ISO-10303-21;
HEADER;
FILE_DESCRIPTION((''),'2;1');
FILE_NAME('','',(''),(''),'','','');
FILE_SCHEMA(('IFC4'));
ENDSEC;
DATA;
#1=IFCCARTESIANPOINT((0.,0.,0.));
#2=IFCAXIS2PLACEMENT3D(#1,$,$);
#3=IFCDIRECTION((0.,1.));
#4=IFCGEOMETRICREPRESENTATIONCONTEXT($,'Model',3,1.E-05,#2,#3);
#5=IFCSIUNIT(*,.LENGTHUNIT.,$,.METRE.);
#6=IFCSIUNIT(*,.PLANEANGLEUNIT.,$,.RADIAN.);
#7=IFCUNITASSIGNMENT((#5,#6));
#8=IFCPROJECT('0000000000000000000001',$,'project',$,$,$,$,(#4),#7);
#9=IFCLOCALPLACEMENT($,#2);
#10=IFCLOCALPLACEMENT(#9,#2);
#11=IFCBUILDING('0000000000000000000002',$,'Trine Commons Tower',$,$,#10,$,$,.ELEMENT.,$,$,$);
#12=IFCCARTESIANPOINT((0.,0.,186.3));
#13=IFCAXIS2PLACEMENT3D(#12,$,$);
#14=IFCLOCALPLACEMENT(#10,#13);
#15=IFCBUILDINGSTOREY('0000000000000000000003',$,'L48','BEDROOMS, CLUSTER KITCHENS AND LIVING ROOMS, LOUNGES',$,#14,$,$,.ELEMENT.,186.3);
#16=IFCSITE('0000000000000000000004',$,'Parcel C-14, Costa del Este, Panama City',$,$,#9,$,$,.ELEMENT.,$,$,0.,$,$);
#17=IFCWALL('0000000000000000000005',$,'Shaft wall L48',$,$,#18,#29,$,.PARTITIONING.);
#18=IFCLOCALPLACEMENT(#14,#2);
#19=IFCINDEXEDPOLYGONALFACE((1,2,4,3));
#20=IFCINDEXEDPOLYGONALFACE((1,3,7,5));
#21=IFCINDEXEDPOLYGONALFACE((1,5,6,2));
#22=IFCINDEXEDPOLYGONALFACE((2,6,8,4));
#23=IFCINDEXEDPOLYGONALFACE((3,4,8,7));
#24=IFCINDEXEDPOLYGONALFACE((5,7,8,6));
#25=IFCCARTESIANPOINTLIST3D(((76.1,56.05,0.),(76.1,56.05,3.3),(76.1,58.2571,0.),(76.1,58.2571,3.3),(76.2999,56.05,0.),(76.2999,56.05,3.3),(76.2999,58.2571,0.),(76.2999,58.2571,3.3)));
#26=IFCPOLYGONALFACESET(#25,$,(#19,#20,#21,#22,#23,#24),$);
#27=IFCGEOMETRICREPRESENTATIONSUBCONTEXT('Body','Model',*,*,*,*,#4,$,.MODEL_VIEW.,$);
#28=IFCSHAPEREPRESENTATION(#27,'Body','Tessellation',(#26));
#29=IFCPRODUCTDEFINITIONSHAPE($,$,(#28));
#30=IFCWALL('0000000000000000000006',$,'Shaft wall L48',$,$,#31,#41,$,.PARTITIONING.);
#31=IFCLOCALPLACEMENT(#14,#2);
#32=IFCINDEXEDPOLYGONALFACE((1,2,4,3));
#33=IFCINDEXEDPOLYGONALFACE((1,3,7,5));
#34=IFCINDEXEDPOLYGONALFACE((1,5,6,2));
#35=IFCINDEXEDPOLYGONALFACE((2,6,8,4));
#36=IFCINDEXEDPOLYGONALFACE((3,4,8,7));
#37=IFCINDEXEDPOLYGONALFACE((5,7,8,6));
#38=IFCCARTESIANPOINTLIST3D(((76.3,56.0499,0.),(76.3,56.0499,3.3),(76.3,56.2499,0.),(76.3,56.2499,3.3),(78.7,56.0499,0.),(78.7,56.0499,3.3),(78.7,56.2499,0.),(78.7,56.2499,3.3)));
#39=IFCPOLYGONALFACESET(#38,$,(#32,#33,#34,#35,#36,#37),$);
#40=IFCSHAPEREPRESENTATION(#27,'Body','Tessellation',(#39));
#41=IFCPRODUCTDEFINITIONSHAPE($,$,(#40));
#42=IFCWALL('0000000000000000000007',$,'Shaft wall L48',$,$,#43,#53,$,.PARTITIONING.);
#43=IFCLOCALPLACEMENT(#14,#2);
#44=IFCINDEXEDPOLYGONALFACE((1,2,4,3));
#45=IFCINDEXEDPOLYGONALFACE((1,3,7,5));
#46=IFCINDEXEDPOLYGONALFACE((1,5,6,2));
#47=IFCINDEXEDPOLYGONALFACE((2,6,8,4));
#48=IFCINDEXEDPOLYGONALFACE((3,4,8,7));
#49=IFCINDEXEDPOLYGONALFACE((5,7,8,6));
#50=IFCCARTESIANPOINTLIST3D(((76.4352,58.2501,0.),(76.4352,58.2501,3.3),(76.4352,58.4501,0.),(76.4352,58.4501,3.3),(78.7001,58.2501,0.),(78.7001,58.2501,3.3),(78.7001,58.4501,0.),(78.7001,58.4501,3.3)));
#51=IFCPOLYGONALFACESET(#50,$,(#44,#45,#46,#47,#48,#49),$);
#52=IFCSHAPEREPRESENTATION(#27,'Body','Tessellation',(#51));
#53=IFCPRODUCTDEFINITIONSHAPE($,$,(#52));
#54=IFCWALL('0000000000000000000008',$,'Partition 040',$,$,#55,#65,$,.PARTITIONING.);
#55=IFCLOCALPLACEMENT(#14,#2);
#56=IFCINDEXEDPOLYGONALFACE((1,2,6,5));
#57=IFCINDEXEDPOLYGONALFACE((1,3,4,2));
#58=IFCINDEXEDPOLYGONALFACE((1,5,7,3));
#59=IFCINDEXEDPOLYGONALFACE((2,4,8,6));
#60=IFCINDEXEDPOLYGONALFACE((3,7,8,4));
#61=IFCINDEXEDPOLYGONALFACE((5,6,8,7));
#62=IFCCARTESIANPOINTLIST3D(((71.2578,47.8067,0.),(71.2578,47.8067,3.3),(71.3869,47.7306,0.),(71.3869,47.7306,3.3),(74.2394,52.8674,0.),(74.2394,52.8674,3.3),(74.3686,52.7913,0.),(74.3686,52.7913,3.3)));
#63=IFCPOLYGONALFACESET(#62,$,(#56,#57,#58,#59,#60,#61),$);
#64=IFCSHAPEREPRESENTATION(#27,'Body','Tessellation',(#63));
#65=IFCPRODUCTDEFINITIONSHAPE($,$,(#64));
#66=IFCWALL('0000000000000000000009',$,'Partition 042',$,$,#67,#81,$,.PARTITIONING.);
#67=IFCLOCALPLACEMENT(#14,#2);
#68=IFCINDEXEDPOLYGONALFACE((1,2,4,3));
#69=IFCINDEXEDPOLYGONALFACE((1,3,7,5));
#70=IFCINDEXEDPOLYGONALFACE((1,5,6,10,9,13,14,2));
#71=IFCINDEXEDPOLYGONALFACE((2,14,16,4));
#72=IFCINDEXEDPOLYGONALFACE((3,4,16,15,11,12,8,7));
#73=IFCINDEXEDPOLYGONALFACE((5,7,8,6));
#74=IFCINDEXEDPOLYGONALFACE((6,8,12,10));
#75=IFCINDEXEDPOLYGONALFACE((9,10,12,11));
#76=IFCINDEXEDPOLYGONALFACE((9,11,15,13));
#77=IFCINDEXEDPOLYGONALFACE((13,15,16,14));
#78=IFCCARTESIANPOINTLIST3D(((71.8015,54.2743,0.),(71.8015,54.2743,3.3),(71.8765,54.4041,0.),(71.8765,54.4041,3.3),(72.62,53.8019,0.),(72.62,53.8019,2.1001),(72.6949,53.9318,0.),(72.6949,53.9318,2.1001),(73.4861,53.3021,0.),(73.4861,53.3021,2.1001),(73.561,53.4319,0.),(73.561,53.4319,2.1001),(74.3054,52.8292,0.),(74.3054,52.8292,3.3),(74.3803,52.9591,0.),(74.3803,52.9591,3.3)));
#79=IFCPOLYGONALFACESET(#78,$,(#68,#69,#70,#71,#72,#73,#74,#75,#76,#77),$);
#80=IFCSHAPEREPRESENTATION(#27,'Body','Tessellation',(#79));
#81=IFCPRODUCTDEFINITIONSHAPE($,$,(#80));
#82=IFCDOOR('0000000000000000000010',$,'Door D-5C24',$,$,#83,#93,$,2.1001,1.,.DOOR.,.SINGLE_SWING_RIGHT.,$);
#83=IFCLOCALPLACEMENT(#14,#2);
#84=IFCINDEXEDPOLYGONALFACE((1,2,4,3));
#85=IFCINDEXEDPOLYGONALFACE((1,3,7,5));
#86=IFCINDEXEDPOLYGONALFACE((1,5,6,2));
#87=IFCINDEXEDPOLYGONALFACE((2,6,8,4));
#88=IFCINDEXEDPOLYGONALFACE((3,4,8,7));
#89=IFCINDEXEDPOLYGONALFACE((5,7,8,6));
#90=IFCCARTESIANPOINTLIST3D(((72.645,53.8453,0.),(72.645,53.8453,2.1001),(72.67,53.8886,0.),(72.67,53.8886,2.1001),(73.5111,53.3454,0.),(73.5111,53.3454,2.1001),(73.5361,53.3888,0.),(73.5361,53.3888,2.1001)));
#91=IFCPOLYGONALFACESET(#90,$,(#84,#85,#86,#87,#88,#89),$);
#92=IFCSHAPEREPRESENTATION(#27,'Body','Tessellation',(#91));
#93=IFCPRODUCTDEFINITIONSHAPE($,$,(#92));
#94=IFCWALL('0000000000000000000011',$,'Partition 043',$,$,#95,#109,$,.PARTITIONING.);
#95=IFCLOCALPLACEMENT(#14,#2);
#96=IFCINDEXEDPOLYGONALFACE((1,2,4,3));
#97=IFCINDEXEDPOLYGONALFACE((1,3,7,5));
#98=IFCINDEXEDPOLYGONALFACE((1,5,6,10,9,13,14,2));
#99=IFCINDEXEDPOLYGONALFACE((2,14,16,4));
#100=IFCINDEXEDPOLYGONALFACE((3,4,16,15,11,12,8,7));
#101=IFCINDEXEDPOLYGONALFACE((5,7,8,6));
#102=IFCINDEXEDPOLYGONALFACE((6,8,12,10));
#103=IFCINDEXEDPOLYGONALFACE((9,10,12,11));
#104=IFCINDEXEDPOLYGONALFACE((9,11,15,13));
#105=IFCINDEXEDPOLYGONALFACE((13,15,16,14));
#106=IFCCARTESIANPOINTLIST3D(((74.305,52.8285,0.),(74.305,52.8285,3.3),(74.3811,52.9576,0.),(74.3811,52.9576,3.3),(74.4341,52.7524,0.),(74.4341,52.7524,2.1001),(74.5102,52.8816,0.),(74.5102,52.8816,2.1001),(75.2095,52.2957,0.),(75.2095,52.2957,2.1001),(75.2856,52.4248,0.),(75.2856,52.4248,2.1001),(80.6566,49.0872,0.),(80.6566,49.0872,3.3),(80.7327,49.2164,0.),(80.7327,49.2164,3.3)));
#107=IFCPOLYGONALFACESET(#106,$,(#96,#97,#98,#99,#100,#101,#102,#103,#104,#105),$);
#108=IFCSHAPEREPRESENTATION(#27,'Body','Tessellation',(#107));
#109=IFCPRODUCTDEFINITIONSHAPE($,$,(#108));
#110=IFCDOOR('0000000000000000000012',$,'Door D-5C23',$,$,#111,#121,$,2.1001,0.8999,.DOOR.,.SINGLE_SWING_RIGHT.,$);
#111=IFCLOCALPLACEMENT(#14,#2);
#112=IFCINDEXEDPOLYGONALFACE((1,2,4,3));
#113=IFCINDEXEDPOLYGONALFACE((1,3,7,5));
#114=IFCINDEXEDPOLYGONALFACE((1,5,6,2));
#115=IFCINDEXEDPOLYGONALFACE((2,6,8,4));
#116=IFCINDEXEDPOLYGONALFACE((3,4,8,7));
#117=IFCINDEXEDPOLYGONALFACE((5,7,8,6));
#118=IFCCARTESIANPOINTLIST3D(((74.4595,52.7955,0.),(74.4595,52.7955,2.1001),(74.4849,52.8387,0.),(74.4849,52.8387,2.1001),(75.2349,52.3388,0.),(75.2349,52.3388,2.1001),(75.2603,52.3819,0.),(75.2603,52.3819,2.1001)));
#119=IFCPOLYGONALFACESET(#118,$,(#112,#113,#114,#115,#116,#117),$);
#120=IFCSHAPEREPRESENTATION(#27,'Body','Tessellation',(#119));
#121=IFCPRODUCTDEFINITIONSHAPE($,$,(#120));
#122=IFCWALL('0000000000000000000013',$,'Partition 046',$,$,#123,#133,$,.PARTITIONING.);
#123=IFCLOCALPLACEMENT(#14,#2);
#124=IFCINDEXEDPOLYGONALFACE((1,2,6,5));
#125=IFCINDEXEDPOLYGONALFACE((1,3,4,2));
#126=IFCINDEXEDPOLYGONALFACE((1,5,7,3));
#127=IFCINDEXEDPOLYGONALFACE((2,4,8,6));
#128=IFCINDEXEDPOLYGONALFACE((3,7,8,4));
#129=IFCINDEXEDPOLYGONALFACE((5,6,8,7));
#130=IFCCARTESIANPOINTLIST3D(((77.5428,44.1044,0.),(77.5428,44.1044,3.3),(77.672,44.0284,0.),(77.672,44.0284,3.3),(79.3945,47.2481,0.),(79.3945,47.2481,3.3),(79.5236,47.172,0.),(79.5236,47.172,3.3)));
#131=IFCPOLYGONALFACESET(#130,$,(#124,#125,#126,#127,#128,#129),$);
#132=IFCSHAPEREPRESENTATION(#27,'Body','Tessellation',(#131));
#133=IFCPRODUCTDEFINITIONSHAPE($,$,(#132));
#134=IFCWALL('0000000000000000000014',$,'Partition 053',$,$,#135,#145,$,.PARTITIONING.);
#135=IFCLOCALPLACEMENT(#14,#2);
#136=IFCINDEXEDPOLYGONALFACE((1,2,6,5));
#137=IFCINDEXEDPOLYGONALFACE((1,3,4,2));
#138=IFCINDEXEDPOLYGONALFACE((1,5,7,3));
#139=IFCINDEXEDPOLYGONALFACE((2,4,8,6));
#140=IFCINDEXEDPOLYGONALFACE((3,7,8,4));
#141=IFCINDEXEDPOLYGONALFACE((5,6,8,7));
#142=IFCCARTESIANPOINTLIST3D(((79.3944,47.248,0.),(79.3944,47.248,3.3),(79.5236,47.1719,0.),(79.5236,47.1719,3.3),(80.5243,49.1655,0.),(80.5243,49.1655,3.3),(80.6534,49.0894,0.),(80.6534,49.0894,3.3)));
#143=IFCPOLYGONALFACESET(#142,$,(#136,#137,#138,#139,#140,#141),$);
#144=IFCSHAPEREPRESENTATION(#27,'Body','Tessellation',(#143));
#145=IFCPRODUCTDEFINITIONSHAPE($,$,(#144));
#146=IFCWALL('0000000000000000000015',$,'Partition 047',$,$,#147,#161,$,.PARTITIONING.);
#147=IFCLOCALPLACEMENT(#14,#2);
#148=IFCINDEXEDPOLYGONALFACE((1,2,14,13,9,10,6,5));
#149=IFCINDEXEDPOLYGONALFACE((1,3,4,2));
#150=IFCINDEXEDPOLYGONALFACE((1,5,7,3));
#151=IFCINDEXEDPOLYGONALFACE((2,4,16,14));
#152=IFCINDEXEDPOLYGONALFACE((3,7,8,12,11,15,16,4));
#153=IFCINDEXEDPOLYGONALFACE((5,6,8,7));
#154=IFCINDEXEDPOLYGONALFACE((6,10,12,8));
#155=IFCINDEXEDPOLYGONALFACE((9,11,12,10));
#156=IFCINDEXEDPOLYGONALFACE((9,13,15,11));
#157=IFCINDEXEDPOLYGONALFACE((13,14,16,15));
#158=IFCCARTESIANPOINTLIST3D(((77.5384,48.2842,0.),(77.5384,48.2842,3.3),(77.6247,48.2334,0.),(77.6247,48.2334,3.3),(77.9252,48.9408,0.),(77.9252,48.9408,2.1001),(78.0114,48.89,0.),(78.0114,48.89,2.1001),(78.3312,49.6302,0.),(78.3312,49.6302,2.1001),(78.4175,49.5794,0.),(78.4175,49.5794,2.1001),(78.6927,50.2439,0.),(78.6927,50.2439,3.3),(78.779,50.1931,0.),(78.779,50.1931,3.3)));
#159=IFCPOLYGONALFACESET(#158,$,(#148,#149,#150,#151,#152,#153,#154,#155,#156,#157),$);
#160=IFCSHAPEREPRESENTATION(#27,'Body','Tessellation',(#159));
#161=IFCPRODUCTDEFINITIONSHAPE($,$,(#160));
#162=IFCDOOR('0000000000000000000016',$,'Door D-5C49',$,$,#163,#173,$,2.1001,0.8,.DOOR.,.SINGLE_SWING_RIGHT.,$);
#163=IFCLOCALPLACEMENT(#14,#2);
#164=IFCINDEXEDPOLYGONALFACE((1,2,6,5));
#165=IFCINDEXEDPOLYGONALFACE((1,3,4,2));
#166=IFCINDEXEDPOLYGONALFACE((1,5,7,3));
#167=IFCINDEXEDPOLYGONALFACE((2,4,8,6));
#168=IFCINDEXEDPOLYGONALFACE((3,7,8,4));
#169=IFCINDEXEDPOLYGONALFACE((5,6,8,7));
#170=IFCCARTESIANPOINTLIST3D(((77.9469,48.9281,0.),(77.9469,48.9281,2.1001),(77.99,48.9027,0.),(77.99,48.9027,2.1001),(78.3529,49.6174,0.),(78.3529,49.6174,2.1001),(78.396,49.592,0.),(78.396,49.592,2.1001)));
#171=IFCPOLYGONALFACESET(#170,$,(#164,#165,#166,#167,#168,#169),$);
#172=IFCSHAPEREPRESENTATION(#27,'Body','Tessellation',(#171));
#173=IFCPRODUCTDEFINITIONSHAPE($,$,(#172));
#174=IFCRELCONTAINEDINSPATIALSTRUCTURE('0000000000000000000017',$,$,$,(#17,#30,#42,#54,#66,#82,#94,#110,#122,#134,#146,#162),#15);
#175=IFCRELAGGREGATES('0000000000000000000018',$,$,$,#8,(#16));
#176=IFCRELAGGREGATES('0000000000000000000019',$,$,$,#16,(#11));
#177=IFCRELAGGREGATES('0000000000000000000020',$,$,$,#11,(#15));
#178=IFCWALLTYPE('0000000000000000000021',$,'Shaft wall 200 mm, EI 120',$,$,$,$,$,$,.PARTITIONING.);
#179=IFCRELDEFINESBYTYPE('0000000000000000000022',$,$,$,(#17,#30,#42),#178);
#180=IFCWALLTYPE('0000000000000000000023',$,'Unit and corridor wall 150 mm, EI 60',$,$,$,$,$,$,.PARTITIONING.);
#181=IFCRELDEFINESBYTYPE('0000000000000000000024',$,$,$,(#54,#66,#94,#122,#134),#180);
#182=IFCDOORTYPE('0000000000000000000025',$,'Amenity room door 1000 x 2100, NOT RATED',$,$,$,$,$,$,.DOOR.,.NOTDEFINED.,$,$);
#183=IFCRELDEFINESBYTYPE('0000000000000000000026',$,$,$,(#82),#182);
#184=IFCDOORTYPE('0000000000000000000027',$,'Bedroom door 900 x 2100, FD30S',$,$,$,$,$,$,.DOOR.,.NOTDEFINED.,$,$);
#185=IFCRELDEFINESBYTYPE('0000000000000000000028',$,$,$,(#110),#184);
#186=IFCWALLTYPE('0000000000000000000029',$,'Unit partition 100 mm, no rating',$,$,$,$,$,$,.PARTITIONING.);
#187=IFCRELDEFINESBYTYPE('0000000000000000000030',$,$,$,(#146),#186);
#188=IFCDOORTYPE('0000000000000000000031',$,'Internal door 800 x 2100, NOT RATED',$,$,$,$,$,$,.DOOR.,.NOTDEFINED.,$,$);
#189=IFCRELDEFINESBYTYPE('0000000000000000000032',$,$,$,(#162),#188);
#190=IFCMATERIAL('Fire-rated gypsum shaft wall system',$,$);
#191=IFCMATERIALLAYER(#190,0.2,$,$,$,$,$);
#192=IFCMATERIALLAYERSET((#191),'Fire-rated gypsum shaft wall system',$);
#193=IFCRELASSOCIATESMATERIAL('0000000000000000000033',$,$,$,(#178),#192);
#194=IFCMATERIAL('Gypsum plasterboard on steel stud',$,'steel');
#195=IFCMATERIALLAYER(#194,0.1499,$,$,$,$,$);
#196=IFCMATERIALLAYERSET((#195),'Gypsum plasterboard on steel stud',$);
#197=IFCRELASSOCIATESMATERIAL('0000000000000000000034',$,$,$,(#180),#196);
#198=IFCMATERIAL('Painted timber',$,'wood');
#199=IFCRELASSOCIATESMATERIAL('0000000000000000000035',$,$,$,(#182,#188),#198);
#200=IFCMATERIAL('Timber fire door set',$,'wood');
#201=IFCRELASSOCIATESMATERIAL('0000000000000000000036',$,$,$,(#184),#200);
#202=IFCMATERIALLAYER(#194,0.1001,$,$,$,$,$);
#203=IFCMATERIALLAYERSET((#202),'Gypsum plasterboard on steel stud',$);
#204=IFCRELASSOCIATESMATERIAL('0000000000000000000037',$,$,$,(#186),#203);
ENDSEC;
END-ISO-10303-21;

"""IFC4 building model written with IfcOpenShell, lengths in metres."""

from ifc_helpers import new_model, si_unit, direction, frame, frame_2d, origin, place, context, subcontext, project, spatial, rectangle, extrude, material, layer, layer_set, type_object, element, fill, save


model = new_model("IFC4")

# Units and contexts
model_context = context("Model", 3, precision=1e-05, world=origin(), true_north=direction((0.0, 1.0)))
body_context = subcontext(model_context, "Body", "Model", "MODEL_VIEW")
ifc_project = project(units=[si_unit("LENGTHUNIT", "METRE"), si_unit("PLANEANGLEUNIT", "RADIAN")], contexts=[model_context])

# Site, building, storey
site_placement = place(None, origin())
site = spatial("IfcSite", under=ifc_project, at=site_placement, Name="Parcel C-14, Costa del Este, Panama City", CompositionType="ELEMENT", RefElevation=0.0)
building_placement = place(site_placement, origin())
building = spatial("IfcBuilding", under=site, at=building_placement, Name="Trine Commons Tower", CompositionType="ELEMENT")
storey_placement = place(building_placement, frame((0.0, 0.0, 186.3)))
storey = spatial("IfcBuildingStorey", under=building, at=storey_placement, Name="L48", Description="BEDROOMS, CLUSTER KITCHENS AND LIVING ROOMS, LOUNGES", CompositionType="ELEMENT", Elevation=186.3)

# Shared definitions
ifc_material_1 = material(Name="Fire-rated gypsum shaft wall system")

# Walls
ifc_layer_1 = layer(ifc_material_1, 0.2)
ifc_layer_set_1 = layer_set([ifc_layer_1], Name="Fire-rated gypsum shaft wall system")
wall_type_1 = type_object("IfcWallType", Name="Shaft wall 200 mm, EI 120", PredefinedType="PARTITIONING", material=ifc_layer_set_1)
wall_1_placement = place(storey_placement, frame((76.2, 58.2571, 0.0), z_axis=(0.0, 0.0, 1.0), x_axis=(0.0, -1.0, 0.0)))
element("IfcWall", 1, at=wall_1_placement, inside=storey, type_object=wall_type_1, Name="Shaft wall L48", PredefinedType="PARTITIONING", context=body_context, shape_type="SweptSolid", body=[
    extrude(rectangle(XDim=2.207, YDim=0.2, at=frame_2d((1.1035, 0.0))), origin(), (0.0, 0.0, 1.0), 3.3),
])
wall_2_placement = place(storey_placement, frame((78.7, 56.1499, 0.0), z_axis=(0.0, 0.0, 1.0), x_axis=(-1.0, 0.0, 0.0)))
element("IfcWall", 2, at=wall_2_placement, inside=storey, type_object=wall_type_1, Name="Shaft wall L48", PredefinedType="PARTITIONING", context=body_context, shape_type="SweptSolid", body=[
    extrude(rectangle(XDim=2.3999, YDim=0.2, at=frame_2d((1.2, 0.0))), origin(), (0.0, 0.0, 1.0), 3.3),
])
wall_3_placement = place(storey_placement, frame((78.7, 58.3501, 0.0), z_axis=(0.0, 0.0, 1.0), x_axis=(-1.0, 0.0, 0.0)))
element("IfcWall", 3, at=wall_3_placement, inside=storey, type_object=wall_type_1, Name="Shaft wall L48", PredefinedType="PARTITIONING", context=body_context, shape_type="SweptSolid", body=[
    extrude(rectangle(XDim=2.2649, YDim=0.2, at=frame_2d((1.1323, 0.0))), origin(), (0.0, 0.0, 1.0), 3.3),
])
ifc_material_2 = material(Name="Gypsum plasterboard on steel stud", Category="steel")
ifc_layer_2 = layer(ifc_material_2, 0.1499)
ifc_layer_set_2 = layer_set([ifc_layer_2], Name="Gypsum plasterboard on steel stud")
wall_type_2 = type_object("IfcWallType", Name="Unit and corridor wall 150 mm, EI 60", PredefinedType="PARTITIONING", material=ifc_layer_set_2)
wall_4_placement = place(storey_placement, frame((71.3223, 47.7686, 0.0), z_axis=(0.0, 0.0, 1.0), x_axis=(0.507621, 0.86158, 0.0)))
element("IfcWall", 4, at=wall_4_placement, inside=storey, type_object=wall_type_2, Name="Partition 040", PredefinedType="PARTITIONING", context=body_context, shape_type="SweptSolid", body=[
    extrude(rectangle(XDim=5.8738, YDim=0.1499, at=frame_2d((2.937, 0.0))), origin(), (0.0, 0.0, 1.0), 3.3),
])

# Walls, openings, doors
wall_5_placement = place(storey_placement, frame((71.8391, 54.3391, 0.0), z_axis=(0.0, 0.0, 1.0), x_axis=(0.86611, -0.499854, 0.0)))
wall_5 = element("IfcWall", 5, at=wall_5_placement, inside=storey, type_object=wall_type_2, Name="Partition 042", PredefinedType="PARTITIONING", context=body_context, shape_type="SweptSolid", body=[
    extrude(rectangle(XDim=2.8909, YDim=0.1499, at=frame_2d((1.4453, 0.0))), origin(), (0.0, 0.0, 1.0), 3.3),
])
opening_1_placement = place(wall_5_placement, frame((0.9448, 0.0, 0.0)))
opening_1 = element("IfcOpeningElement", 6, at=opening_1_placement, cuts=wall_5, PredefinedType="OPENING", context=body_context, shape_type="SweptSolid", body=[
    extrude(rectangle(XDim=1.0, YDim=2.1001, at=frame_2d((0.5, 1.05))), frame((0.0, 0.085, 0.0), z_axis=(0.0, -1.0, 0.0), x_axis=(1.0, 0.0, 0.0)), (0.0, 0.0, 1.0), 0.1699),
])
ifc_material_3 = material(Name="Painted timber", Category="wood")
door_type_1 = type_object("IfcDoorType", Name="Amenity room door 1000 x 2100, NOT RATED", OperationType="NOTDEFINED", PredefinedType="DOOR", material=ifc_material_3)
door_1_placement = place(opening_1_placement, frame((1.0, 0.0, 0.0), z_axis=(0.0, 0.0, 1.0), x_axis=(-1.0, 0.0, 0.0)))
door_1 = element("IfcDoor", 7, at=door_1_placement, inside=storey, type_object=door_type_1, Name="Door D-5C24", OperationType="SINGLE_SWING_RIGHT", OverallHeight=2.1001, OverallWidth=1.0, PredefinedType="DOOR", context=body_context, shape_type="SweptSolid", body=[
    extrude(rectangle(XDim=1.0, YDim=2.1001, at=frame_2d((0.5, 1.05))), frame((0.0, 0.0249, 0.0), z_axis=(0.0, -1.0, 0.0), x_axis=(1.0, 0.0, 0.0)), (0.0, 0.0, 1.0), 0.05),
])
fill(opening_1, door_1)
wall_6_placement = place(storey_placement, frame((74.343, 52.8931, 0.0), z_axis=(0.0, 0.0, 1.0), x_axis=(0.861638, -0.507524, 0.0)))
wall_6 = element("IfcWall", 8, at=wall_6_placement, inside=storey, type_object=wall_type_2, Name="Partition 043", PredefinedType="PARTITIONING", context=body_context, shape_type="SweptSolid", body=[
    extrude(rectangle(XDim=7.3716, YDim=0.1499, at=frame_2d((3.6858, 0.0))), origin(), (0.0, 0.0, 1.0), 3.3),
])
opening_2_placement = place(wall_6_placement, frame((0.1499, 0.0, 0.0)))
opening_2 = element("IfcOpeningElement", 9, at=opening_2_placement, cuts=wall_6, PredefinedType="OPENING", context=body_context, shape_type="SweptSolid", body=[
    extrude(rectangle(XDim=0.8999, YDim=2.1001, at=frame_2d((0.45, 1.05))), frame((0.0, 0.085, 0.0), z_axis=(0.0, -1.0, 0.0), x_axis=(1.0, 0.0, 0.0)), (0.0, 0.0, 1.0), 0.1699),
])
ifc_material_4 = material(Name="Timber fire door set", Category="wood")
door_type_2 = type_object("IfcDoorType", Name="Bedroom door 900 x 2100, FD30S", OperationType="NOTDEFINED", PredefinedType="DOOR", material=ifc_material_4)
door_2_placement = place(opening_2_placement, frame((0.8999, 0.0, 0.0), z_axis=(0.0, 0.0, 1.0), x_axis=(-1.0, 0.0, 0.0)))
door_2 = element("IfcDoor", 10, at=door_2_placement, inside=storey, type_object=door_type_2, Name="Door D-5C23", OperationType="SINGLE_SWING_RIGHT", OverallHeight=2.1001, OverallWidth=0.8999, PredefinedType="DOOR", context=body_context, shape_type="SweptSolid", body=[
    extrude(rectangle(XDim=0.8999, YDim=2.1001, at=frame_2d((0.45, 1.05))), frame((0.0, 0.0249, 0.0), z_axis=(0.0, -1.0, 0.0), x_axis=(1.0, 0.0, 0.0)), (0.0, 0.0, 1.0), 0.05),
])
fill(opening_2, door_2)

# Walls
wall_7_placement = place(storey_placement, frame((77.6074, 44.0664, 0.0), z_axis=(0.0, 0.0, 1.0), x_axis=(0.507511, 0.861645, 0.0)))
element("IfcWall", 11, at=wall_7_placement, inside=storey, type_object=wall_type_2, Name="Partition 046", PredefinedType="PARTITIONING", context=body_context, shape_type="SweptSolid", body=[
    extrude(rectangle(XDim=3.6484, YDim=0.1499, at=frame_2d((1.8242, 0.0))), origin(), (0.0, 0.0, 1.0), 3.3),
])
wall_8_placement = place(storey_placement, frame((79.459, 47.21, 0.0), z_axis=(0.0, 0.0, 1.0), x_axis=(0.507672, 0.86155, 0.0)))
element("IfcWall", 12, at=wall_8_placement, inside=storey, type_object=wall_type_2, Name="Partition 053", PredefinedType="PARTITIONING", context=body_context, shape_type="SweptSolid", body=[
    extrude(rectangle(XDim=2.2256, YDim=0.1499, at=frame_2d((1.1128, 0.0))), origin(), (0.0, 0.0, 1.0), 3.3),
])

# Wall, opening, door
ifc_layer_3 = layer(ifc_material_2, 0.1001)
ifc_layer_set_3 = layer_set([ifc_layer_3], Name="Gypsum plasterboard on steel stud")
wall_type_3 = type_object("IfcWallType", Name="Unit partition 100 mm, no rating", PredefinedType="PARTITIONING", material=ifc_layer_set_3)
wall_9_placement = place(storey_placement, frame((77.5815, 48.2588, 0.0), z_axis=(0.0, 0.0, 1.0), x_axis=(0.507517, 0.861642, 0.0)))
wall_9 = element("IfcWall", 13, at=wall_9_placement, inside=storey, type_object=wall_type_3, Name="Partition 047", PredefinedType="PARTITIONING", context=body_context, shape_type="SweptSolid", body=[
    extrude(rectangle(XDim=2.2744, YDim=0.1001, at=frame_2d((1.1372, 0.0))), origin(), (0.0, 0.0, 1.0), 3.3),
])
opening_3_placement = place(wall_9_placement, frame((0.7622, 0.0, 0.0)))
opening_3 = element("IfcOpeningElement", 14, at=opening_3_placement, cuts=wall_9, PredefinedType="OPENING", context=body_context, shape_type="SweptSolid", body=[
    extrude(rectangle(XDim=0.8, YDim=2.1001, at=frame_2d((0.3999, 1.05))), frame((0.0, 0.0601, 0.0), z_axis=(0.0, -1.0, 0.0), x_axis=(1.0, 0.0, 0.0)), (0.0, 0.0, 1.0), 0.1201),
])
door_type_3 = type_object("IfcDoorType", Name="Internal door 800 x 2100, NOT RATED", OperationType="NOTDEFINED", PredefinedType="DOOR", material=ifc_material_3)
door_3_placement = place(opening_3_placement, origin())
door_3 = element("IfcDoor", 15, at=door_3_placement, inside=storey, type_object=door_type_3, Name="Door D-5C49", OperationType="SINGLE_SWING_RIGHT", OverallHeight=2.1001, OverallWidth=0.8, PredefinedType="DOOR", context=body_context, shape_type="SweptSolid", body=[
    extrude(rectangle(XDim=0.8, YDim=2.1001, at=frame_2d((0.3999, 1.05))), frame((0.0, 0.0249, 0.0), z_axis=(0.0, -1.0, 0.0), x_axis=(1.0, 0.0, 0.0)), (0.0, 0.0, 1.0), 0.05),
])
fill(opening_3, door_3)

save(model, "model.ifc")
